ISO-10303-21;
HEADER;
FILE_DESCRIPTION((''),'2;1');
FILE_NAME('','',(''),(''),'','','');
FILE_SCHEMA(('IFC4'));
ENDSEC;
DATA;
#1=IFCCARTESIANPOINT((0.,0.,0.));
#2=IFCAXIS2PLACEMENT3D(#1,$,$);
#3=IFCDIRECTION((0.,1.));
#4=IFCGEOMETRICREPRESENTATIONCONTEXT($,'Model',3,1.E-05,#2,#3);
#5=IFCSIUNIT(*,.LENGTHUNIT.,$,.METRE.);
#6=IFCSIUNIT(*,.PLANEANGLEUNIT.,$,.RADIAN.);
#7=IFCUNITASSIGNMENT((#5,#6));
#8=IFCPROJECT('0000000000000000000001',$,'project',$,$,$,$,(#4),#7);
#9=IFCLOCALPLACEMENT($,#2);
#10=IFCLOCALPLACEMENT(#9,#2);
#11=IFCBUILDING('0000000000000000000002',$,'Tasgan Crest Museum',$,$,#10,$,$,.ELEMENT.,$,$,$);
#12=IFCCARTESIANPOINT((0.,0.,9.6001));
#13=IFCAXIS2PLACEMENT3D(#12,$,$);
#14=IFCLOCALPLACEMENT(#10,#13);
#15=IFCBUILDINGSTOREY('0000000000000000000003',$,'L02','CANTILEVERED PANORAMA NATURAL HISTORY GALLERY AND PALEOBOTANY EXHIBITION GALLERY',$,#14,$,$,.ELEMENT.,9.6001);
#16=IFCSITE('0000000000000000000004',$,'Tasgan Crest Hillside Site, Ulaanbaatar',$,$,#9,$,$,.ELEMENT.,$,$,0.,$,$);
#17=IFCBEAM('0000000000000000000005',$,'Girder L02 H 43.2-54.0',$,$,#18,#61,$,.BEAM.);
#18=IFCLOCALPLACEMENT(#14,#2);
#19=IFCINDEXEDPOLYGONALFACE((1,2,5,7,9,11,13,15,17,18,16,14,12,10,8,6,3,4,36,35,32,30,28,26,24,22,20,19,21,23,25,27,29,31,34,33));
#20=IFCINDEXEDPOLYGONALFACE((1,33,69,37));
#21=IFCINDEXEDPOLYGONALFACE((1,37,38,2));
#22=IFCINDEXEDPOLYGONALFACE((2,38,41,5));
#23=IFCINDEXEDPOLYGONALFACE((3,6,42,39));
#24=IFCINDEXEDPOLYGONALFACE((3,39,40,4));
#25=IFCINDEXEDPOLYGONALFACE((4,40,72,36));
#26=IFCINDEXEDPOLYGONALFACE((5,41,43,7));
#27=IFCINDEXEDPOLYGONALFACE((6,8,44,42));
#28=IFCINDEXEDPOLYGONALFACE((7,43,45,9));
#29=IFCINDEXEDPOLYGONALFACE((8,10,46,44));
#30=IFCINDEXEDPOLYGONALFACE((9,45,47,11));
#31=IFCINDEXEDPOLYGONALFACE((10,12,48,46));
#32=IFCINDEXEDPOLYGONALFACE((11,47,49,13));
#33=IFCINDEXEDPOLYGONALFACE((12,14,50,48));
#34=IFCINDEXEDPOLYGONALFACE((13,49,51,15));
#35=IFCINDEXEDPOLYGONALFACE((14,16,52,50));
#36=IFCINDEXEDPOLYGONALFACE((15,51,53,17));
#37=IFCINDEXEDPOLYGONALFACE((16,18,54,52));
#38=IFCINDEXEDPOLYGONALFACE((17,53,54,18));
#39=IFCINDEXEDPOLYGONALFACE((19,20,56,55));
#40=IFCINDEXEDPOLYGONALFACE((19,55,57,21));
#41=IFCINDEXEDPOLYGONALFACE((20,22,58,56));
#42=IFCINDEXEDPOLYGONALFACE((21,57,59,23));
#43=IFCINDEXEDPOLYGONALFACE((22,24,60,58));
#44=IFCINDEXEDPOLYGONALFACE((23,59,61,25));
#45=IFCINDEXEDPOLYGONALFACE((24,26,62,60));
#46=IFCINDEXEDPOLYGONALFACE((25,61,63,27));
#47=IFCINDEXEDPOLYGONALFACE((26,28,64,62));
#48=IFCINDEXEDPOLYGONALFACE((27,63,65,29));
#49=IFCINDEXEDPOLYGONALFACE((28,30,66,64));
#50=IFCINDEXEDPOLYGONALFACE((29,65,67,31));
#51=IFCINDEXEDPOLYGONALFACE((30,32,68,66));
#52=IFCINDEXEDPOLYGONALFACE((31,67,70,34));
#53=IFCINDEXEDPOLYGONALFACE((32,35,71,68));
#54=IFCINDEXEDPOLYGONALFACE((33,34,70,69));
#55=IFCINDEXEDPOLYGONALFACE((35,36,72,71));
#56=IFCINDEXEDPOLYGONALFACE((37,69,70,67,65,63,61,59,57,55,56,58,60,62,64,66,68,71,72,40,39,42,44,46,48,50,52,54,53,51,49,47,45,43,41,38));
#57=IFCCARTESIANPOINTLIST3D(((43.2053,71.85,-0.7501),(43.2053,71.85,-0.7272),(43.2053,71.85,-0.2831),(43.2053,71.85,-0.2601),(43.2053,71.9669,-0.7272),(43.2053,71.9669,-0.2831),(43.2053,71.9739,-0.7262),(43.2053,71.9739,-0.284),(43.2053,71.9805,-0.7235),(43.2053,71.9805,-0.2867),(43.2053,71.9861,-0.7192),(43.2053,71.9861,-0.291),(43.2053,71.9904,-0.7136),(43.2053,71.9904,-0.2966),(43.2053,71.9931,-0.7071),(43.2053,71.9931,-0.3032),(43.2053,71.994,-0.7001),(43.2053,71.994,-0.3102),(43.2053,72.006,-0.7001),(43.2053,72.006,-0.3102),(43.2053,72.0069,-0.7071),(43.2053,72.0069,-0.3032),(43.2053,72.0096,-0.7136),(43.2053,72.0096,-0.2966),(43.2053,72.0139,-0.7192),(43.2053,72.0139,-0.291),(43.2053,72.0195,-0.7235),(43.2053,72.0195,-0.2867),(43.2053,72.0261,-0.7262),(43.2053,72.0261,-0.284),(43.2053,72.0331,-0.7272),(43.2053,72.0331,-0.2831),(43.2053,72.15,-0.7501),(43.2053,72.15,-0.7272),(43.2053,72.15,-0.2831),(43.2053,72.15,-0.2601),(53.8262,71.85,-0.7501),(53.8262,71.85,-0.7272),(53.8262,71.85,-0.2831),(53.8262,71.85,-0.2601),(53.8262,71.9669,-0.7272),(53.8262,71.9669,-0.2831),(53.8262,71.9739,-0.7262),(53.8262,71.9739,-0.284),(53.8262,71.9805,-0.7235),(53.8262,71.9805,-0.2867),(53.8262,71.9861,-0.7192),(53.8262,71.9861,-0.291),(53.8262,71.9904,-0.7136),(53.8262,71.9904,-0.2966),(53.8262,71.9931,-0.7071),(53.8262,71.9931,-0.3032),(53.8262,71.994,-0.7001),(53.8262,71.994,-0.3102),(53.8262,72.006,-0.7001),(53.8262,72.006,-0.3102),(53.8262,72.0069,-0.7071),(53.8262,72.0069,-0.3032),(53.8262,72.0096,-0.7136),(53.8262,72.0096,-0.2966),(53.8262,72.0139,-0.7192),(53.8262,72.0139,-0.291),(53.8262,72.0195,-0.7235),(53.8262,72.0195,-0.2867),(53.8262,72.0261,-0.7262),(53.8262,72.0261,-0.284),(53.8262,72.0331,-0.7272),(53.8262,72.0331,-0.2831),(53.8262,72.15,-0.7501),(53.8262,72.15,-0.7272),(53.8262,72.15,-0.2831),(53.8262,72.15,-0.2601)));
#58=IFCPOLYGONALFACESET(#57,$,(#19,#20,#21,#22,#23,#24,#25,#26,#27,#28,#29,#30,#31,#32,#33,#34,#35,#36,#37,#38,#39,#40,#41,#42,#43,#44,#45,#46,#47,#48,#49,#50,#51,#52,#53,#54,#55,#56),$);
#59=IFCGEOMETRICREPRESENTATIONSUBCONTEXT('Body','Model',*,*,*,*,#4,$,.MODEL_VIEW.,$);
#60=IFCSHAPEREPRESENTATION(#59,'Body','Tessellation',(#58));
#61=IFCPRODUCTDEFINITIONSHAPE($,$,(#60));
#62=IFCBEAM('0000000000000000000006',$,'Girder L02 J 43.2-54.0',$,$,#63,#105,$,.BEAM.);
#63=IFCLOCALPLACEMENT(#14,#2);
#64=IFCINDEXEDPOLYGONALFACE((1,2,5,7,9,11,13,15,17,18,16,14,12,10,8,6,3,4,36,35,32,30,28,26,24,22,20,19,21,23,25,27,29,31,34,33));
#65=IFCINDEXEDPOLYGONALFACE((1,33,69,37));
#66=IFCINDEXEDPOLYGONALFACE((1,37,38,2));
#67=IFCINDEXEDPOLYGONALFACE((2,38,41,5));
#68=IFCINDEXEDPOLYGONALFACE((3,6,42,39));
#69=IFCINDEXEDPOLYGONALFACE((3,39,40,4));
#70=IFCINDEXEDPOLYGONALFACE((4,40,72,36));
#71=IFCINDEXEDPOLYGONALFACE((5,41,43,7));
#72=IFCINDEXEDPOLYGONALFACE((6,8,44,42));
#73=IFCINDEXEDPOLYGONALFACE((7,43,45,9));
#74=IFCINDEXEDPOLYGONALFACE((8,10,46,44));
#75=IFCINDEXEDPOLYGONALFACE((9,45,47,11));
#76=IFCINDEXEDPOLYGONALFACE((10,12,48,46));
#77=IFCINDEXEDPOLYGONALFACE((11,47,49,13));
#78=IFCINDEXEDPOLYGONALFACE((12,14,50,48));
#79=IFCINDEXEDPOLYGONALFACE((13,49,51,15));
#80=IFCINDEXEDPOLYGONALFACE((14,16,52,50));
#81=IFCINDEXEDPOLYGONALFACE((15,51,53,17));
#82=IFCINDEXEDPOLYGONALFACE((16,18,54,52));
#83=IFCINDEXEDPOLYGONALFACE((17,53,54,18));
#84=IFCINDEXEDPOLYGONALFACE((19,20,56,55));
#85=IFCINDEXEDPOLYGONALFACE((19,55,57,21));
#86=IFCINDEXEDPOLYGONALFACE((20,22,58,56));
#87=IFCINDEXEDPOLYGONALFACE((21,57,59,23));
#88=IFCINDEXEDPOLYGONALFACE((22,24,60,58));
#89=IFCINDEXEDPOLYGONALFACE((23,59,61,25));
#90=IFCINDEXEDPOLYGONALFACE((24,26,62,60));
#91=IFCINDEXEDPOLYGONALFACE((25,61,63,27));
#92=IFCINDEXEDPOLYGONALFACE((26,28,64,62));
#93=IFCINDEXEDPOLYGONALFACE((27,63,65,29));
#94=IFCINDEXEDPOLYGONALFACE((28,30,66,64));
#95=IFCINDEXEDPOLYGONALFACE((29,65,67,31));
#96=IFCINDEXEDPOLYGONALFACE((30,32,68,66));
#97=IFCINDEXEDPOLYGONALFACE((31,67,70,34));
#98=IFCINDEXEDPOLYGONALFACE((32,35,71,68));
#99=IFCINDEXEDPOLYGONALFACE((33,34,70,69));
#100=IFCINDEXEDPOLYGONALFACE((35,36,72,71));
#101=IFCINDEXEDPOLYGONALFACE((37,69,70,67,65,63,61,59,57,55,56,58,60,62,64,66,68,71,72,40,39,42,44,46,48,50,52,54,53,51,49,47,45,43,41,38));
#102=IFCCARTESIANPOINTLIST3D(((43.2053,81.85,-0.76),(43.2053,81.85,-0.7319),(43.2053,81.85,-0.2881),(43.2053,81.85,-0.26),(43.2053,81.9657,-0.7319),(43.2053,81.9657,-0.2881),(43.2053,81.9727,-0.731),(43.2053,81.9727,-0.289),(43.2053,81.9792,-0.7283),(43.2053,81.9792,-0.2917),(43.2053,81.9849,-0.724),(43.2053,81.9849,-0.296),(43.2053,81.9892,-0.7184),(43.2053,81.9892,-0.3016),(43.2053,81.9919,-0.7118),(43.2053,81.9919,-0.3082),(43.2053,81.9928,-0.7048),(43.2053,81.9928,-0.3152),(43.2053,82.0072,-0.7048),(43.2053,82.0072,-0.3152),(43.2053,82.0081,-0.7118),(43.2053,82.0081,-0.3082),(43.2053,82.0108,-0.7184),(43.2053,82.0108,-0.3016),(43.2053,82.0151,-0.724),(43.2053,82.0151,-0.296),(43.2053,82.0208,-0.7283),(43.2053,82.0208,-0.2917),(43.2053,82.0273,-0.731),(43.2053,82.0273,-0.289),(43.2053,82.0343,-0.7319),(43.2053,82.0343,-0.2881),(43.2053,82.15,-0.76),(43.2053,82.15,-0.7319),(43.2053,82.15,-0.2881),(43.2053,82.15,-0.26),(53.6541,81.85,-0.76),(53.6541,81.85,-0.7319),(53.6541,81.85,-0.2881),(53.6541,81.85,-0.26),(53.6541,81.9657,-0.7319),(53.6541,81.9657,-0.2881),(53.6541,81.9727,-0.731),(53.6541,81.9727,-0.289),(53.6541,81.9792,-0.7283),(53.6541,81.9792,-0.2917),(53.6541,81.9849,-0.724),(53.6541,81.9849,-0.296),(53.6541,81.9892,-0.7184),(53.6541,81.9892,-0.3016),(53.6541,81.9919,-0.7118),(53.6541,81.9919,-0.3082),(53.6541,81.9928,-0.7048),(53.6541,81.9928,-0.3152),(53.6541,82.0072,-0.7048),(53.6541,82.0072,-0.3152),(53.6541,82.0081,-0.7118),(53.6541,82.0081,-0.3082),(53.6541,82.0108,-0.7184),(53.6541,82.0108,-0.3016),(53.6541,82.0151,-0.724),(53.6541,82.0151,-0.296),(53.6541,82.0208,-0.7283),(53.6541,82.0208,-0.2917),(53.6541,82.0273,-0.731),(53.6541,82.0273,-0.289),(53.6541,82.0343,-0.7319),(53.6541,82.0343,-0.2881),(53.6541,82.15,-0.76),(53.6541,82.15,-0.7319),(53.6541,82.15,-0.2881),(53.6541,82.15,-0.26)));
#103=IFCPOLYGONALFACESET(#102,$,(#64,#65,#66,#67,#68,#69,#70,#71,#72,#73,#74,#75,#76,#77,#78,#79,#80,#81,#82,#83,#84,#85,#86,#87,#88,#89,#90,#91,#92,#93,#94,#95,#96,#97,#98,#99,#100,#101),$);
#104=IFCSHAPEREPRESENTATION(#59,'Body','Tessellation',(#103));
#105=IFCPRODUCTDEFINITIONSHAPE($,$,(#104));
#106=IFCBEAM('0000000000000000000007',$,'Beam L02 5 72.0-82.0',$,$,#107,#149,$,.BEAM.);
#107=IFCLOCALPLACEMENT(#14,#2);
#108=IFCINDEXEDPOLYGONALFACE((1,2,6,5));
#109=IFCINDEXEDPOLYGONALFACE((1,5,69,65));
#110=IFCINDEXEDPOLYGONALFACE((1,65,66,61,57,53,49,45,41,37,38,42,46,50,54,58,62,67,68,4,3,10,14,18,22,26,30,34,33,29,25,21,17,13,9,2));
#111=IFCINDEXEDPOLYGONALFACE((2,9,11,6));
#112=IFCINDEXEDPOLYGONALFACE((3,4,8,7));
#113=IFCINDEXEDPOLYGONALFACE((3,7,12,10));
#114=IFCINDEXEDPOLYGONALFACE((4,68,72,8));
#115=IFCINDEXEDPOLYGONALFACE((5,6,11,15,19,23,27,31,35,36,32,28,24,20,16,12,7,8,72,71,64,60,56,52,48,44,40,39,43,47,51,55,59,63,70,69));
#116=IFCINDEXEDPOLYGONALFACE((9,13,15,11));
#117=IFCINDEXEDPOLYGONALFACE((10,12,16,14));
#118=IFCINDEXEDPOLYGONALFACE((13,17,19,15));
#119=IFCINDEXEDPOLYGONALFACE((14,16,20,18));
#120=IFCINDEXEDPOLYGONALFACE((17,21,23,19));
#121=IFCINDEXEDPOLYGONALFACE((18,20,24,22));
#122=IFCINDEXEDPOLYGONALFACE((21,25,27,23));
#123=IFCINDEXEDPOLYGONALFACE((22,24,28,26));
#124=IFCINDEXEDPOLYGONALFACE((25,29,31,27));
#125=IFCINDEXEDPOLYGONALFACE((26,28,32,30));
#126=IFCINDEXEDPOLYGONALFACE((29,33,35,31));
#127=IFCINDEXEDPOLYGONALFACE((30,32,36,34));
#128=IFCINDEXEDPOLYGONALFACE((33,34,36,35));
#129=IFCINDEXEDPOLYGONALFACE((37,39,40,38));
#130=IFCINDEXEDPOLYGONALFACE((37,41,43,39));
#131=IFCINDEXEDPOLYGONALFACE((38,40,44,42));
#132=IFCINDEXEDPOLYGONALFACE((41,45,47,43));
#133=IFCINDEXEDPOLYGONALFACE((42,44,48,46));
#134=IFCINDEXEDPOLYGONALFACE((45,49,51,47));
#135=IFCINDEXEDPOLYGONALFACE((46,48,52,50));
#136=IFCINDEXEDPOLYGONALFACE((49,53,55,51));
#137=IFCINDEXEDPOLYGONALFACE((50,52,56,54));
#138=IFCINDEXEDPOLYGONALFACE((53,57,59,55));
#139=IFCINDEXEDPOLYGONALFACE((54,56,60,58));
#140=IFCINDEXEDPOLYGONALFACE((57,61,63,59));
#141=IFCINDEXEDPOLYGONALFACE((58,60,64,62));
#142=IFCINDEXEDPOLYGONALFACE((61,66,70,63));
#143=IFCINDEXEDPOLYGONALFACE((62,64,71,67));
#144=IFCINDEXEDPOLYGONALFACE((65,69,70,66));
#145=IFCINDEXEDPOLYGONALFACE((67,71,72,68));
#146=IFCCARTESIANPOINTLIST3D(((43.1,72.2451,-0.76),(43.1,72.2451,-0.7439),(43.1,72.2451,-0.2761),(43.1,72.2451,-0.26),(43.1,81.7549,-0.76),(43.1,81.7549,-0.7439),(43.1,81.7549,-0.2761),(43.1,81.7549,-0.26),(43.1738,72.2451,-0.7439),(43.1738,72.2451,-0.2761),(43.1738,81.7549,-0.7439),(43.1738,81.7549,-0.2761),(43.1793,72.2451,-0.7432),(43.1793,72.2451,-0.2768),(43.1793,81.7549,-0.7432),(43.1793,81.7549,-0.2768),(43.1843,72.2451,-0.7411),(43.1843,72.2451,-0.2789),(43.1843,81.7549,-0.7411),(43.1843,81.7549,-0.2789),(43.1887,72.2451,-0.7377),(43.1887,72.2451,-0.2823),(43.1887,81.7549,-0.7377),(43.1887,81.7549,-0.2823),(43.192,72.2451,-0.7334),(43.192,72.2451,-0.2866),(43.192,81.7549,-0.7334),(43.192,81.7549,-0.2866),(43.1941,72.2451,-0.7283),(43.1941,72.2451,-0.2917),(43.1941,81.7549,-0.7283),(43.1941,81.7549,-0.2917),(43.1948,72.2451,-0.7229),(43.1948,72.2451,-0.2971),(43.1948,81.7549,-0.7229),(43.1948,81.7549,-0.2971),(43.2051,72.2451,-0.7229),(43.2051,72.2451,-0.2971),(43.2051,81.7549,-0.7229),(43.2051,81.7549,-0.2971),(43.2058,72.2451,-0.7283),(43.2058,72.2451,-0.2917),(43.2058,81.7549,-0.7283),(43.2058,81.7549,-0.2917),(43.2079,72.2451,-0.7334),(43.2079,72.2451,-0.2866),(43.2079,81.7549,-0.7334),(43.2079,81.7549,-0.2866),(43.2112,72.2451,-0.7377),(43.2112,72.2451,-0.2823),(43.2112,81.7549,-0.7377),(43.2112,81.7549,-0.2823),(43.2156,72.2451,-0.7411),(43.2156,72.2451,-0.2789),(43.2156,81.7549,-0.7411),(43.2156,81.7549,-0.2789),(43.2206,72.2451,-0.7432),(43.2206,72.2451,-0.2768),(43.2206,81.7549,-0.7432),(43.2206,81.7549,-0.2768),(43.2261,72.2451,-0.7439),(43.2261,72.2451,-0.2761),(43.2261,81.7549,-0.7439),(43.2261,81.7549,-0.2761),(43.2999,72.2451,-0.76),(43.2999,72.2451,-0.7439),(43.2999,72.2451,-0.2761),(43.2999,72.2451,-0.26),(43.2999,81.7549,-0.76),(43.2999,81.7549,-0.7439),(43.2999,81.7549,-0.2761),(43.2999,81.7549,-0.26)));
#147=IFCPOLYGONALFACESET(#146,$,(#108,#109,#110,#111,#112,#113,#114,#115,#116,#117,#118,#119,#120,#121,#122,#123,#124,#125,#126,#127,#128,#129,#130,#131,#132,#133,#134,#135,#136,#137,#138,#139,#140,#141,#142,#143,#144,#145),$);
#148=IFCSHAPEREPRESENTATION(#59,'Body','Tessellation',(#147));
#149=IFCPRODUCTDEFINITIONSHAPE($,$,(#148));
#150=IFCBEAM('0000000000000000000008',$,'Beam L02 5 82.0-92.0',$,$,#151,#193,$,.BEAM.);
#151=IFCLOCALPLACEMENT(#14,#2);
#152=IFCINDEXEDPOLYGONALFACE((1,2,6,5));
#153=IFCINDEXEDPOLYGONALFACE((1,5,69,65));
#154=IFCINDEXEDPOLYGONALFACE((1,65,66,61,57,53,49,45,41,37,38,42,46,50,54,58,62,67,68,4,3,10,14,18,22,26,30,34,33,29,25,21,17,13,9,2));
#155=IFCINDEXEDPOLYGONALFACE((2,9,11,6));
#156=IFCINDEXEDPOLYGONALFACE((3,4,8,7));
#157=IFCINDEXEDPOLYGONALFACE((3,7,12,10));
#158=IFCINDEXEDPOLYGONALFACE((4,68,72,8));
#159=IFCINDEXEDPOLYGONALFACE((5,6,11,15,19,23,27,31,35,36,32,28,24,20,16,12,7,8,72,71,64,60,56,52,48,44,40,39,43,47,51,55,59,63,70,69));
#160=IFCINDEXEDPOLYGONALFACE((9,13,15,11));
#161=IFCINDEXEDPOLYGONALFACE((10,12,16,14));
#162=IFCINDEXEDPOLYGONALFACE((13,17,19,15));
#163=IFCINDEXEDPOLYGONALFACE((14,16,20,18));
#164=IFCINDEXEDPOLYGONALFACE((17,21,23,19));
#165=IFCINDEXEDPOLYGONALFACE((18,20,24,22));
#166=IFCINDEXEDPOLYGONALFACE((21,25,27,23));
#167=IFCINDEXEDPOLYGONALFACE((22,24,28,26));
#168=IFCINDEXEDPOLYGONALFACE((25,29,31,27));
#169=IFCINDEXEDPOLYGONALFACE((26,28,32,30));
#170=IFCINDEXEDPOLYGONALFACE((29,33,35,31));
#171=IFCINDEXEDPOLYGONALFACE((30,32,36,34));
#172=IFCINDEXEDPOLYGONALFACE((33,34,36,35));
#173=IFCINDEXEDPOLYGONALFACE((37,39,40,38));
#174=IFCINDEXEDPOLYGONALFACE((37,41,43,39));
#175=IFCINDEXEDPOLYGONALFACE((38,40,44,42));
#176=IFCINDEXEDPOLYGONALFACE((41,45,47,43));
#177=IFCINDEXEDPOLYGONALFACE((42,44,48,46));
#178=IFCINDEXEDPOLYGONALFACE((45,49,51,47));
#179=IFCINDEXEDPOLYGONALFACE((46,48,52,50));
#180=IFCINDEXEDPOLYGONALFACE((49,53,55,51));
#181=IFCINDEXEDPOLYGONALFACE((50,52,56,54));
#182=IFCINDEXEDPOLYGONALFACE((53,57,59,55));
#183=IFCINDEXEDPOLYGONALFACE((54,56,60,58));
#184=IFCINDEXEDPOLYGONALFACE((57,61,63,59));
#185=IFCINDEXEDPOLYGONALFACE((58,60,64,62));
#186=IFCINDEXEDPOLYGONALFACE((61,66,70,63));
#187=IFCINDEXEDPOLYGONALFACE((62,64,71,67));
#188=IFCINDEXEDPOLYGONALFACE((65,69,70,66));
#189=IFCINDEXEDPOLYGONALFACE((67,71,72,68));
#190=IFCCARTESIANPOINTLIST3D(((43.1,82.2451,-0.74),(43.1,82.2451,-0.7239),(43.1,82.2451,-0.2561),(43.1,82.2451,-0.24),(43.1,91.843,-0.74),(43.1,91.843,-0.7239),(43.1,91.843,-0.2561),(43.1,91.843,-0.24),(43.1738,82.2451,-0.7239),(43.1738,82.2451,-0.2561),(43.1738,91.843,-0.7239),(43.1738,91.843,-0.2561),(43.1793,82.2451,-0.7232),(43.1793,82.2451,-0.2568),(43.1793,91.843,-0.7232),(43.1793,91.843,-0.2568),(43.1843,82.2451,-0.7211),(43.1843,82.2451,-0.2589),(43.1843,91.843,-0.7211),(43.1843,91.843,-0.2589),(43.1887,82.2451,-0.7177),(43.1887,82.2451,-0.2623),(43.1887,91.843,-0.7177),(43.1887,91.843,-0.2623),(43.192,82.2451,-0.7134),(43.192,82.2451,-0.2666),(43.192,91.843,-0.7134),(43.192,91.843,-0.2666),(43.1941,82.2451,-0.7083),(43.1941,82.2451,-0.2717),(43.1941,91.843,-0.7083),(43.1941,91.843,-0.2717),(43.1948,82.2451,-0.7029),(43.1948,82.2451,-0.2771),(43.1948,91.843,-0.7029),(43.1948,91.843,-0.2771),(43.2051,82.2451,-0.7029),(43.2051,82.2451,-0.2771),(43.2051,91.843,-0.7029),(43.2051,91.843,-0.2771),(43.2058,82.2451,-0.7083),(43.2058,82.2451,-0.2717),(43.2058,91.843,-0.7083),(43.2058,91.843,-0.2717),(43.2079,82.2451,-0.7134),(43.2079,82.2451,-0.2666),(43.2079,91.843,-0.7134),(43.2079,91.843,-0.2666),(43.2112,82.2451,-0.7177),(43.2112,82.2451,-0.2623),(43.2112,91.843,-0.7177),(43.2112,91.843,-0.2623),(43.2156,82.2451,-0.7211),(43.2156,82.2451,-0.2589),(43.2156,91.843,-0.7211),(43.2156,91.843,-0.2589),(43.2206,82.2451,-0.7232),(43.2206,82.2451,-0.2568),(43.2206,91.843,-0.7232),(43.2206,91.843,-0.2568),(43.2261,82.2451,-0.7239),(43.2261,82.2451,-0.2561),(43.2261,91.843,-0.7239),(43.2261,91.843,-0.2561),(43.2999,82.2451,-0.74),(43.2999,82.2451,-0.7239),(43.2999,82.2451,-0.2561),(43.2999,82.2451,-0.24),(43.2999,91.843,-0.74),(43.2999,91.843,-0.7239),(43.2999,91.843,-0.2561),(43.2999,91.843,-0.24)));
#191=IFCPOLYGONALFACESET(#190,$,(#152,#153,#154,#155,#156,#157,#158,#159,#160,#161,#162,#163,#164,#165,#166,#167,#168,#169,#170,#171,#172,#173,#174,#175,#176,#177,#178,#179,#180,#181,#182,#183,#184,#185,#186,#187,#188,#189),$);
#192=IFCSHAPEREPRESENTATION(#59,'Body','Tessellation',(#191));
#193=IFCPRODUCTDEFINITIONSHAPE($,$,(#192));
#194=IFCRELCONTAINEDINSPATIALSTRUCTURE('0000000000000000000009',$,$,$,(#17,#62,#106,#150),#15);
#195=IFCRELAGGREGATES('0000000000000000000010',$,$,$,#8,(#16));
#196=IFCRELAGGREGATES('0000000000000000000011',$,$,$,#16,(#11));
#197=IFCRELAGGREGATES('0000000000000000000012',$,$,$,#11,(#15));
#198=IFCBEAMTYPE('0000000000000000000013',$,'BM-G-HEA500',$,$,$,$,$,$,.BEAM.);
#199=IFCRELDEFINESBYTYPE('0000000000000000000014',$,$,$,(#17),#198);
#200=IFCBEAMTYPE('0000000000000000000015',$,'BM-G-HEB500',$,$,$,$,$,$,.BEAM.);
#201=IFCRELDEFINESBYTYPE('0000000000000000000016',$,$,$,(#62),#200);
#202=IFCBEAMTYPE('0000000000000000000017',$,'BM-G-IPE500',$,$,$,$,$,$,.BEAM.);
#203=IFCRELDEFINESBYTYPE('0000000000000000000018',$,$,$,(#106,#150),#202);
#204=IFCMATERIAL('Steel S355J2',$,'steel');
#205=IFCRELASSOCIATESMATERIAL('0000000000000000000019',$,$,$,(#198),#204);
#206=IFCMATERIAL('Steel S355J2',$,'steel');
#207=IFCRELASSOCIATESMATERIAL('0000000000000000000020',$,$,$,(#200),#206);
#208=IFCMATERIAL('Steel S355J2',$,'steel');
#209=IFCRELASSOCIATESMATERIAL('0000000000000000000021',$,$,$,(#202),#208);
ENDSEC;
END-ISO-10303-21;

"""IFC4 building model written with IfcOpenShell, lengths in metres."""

from ifc_helpers import new_model, si_unit, direction, frame, origin, origin_2d, place, context, subcontext, project, spatial, i_section, extrude, material, material_profile, profile_set, type_object, element, save


model = new_model("IFC4")

# Units and contexts
model_context = context("Model", 3, precision=1e-05, world=origin(), true_north=direction((0.0, 1.0)))
body_context = subcontext(model_context, "Body", "Model", "MODEL_VIEW")
ifc_project = project(units=[si_unit("LENGTHUNIT", "METRE"), si_unit("PLANEANGLEUNIT", "RADIAN")], contexts=[model_context])

# Site, building, storey
site_placement = place(None, origin())
site = spatial("IfcSite", under=ifc_project, at=site_placement, Name="Tasgan Crest Hillside Site, Ulaanbaatar", CompositionType="ELEMENT", RefElevation=0.0)
building_placement = place(site_placement, origin())
building = spatial("IfcBuilding", under=site, at=building_placement, Name="Tasgan Crest Museum", CompositionType="ELEMENT")
storey_placement = place(building_placement, frame((0.0, 0.0, 9.6001)))
storey = spatial("IfcBuildingStorey", under=building, at=storey_placement, Name="L02", Description="CANTILEVERED PANORAMA NATURAL HISTORY GALLERY AND PALEOBOTANY EXHIBITION GALLERY", CompositionType="ELEMENT", Elevation=9.6001)

# Beams
ifc_material_1 = material(Name="Steel S355J2", Category="steel")
ifc_material_profile_1 = material_profile(ifc_material_1, i_section(OverallWidth=0.3, OverallDepth=0.49, WebThickness=0.012, FlangeThickness=0.0229, FilletRadius=0.0271, at=origin_2d()), Name="HEA 500")
ifc_profile_set_1 = profile_set([ifc_material_profile_1], Name="Steel S355J2")
beam_type_1 = type_object("IfcBeamType", Name="BM-G-HEA500", PredefinedType="BEAM", material=ifc_profile_set_1)
beam_1_placement = place(storey_placement, frame((43.2053, 72.0, -0.5051), z_axis=(1.0, 0.0, 0.0), x_axis=(0.0, 1.0, 0.0)))
element("IfcBeam", 1, at=beam_1_placement, inside=storey, type_object=beam_type_1, Name="Girder L02 H 43.2-54.0", PredefinedType="BEAM", context=body_context, shape_type="SweptSolid", body=[
    extrude(i_section(OverallWidth=0.3, OverallDepth=0.49, WebThickness=0.012, FlangeThickness=0.0229, FilletRadius=0.0271, at=origin_2d()), origin(), (0.0, 0.0, 1.0), 10.6208),
])
ifc_material_2 = material(Name="Steel S355J2", Category="steel")
ifc_material_profile_2 = material_profile(ifc_material_2, i_section(OverallWidth=0.3, OverallDepth=0.5, WebThickness=0.0144, FlangeThickness=0.0281, FilletRadius=0.0271, at=origin_2d()), Name="HEB 500")
ifc_profile_set_2 = profile_set([ifc_material_profile_2], Name="Steel S355J2")
beam_type_2 = type_object("IfcBeamType", Name="BM-G-HEB500", PredefinedType="BEAM", material=ifc_profile_set_2)
beam_2_placement = place(storey_placement, frame((43.2053, 82.0, -0.51), z_axis=(1.0, 0.0, 0.0), x_axis=(0.0, 1.0, 0.0)))
element("IfcBeam", 2, at=beam_2_placement, inside=storey, type_object=beam_type_2, Name="Girder L02 J 43.2-54.0", PredefinedType="BEAM", context=body_context, shape_type="SweptSolid", body=[
    extrude(i_section(OverallWidth=0.3, OverallDepth=0.5, WebThickness=0.0144, FlangeThickness=0.0281, FilletRadius=0.0271, at=origin_2d()), origin(), (0.0, 0.0, 1.0), 10.4487),
])
ifc_material_3 = material(Name="Steel S355J2", Category="steel")
ifc_material_profile_3 = material_profile(ifc_material_3, i_section(OverallWidth=0.2, OverallDepth=0.5, WebThickness=0.0103, FlangeThickness=0.0161, FilletRadius=0.021, at=origin_2d()), Name="IPE 500")
ifc_profile_set_3 = profile_set([ifc_material_profile_3], Name="Steel S355J2")
beam_type_3 = type_object("IfcBeamType", Name="BM-G-IPE500", PredefinedType="BEAM", material=ifc_profile_set_3)
beam_3_placement = place(storey_placement, frame((43.2, 72.2451, -0.51), z_axis=(0.0, 1.0, 0.0), x_axis=(-1.0, 0.0, 0.0)))
element("IfcBeam", 3, at=beam_3_placement, inside=storey, type_object=beam_type_3, Name="Beam L02 5 72.0-82.0", PredefinedType="BEAM", context=body_context, shape_type="SweptSolid", body=[
    extrude(i_section(OverallWidth=0.2, OverallDepth=0.5, WebThickness=0.0103, FlangeThickness=0.0161, FilletRadius=0.021, at=origin_2d()), origin(), (0.0, 0.0, 1.0), 9.5098),
])
beam_4_placement = place(storey_placement, frame((43.2, 82.2451, -0.49), z_axis=(0.0, 1.0, 0.0), x_axis=(-1.0, 0.0, 0.0)))
element("IfcBeam", 4, at=beam_4_placement, inside=storey, type_object=beam_type_3, Name="Beam L02 5 82.0-92.0", PredefinedType="BEAM", context=body_context, shape_type="SweptSolid", body=[
    extrude(i_section(OverallWidth=0.2, OverallDepth=0.5, WebThickness=0.0103, FlangeThickness=0.0161, FilletRadius=0.021, at=origin_2d()), origin(), (0.0, 0.0, 1.0), 9.5979),
])

save(model, "model.ifc")
